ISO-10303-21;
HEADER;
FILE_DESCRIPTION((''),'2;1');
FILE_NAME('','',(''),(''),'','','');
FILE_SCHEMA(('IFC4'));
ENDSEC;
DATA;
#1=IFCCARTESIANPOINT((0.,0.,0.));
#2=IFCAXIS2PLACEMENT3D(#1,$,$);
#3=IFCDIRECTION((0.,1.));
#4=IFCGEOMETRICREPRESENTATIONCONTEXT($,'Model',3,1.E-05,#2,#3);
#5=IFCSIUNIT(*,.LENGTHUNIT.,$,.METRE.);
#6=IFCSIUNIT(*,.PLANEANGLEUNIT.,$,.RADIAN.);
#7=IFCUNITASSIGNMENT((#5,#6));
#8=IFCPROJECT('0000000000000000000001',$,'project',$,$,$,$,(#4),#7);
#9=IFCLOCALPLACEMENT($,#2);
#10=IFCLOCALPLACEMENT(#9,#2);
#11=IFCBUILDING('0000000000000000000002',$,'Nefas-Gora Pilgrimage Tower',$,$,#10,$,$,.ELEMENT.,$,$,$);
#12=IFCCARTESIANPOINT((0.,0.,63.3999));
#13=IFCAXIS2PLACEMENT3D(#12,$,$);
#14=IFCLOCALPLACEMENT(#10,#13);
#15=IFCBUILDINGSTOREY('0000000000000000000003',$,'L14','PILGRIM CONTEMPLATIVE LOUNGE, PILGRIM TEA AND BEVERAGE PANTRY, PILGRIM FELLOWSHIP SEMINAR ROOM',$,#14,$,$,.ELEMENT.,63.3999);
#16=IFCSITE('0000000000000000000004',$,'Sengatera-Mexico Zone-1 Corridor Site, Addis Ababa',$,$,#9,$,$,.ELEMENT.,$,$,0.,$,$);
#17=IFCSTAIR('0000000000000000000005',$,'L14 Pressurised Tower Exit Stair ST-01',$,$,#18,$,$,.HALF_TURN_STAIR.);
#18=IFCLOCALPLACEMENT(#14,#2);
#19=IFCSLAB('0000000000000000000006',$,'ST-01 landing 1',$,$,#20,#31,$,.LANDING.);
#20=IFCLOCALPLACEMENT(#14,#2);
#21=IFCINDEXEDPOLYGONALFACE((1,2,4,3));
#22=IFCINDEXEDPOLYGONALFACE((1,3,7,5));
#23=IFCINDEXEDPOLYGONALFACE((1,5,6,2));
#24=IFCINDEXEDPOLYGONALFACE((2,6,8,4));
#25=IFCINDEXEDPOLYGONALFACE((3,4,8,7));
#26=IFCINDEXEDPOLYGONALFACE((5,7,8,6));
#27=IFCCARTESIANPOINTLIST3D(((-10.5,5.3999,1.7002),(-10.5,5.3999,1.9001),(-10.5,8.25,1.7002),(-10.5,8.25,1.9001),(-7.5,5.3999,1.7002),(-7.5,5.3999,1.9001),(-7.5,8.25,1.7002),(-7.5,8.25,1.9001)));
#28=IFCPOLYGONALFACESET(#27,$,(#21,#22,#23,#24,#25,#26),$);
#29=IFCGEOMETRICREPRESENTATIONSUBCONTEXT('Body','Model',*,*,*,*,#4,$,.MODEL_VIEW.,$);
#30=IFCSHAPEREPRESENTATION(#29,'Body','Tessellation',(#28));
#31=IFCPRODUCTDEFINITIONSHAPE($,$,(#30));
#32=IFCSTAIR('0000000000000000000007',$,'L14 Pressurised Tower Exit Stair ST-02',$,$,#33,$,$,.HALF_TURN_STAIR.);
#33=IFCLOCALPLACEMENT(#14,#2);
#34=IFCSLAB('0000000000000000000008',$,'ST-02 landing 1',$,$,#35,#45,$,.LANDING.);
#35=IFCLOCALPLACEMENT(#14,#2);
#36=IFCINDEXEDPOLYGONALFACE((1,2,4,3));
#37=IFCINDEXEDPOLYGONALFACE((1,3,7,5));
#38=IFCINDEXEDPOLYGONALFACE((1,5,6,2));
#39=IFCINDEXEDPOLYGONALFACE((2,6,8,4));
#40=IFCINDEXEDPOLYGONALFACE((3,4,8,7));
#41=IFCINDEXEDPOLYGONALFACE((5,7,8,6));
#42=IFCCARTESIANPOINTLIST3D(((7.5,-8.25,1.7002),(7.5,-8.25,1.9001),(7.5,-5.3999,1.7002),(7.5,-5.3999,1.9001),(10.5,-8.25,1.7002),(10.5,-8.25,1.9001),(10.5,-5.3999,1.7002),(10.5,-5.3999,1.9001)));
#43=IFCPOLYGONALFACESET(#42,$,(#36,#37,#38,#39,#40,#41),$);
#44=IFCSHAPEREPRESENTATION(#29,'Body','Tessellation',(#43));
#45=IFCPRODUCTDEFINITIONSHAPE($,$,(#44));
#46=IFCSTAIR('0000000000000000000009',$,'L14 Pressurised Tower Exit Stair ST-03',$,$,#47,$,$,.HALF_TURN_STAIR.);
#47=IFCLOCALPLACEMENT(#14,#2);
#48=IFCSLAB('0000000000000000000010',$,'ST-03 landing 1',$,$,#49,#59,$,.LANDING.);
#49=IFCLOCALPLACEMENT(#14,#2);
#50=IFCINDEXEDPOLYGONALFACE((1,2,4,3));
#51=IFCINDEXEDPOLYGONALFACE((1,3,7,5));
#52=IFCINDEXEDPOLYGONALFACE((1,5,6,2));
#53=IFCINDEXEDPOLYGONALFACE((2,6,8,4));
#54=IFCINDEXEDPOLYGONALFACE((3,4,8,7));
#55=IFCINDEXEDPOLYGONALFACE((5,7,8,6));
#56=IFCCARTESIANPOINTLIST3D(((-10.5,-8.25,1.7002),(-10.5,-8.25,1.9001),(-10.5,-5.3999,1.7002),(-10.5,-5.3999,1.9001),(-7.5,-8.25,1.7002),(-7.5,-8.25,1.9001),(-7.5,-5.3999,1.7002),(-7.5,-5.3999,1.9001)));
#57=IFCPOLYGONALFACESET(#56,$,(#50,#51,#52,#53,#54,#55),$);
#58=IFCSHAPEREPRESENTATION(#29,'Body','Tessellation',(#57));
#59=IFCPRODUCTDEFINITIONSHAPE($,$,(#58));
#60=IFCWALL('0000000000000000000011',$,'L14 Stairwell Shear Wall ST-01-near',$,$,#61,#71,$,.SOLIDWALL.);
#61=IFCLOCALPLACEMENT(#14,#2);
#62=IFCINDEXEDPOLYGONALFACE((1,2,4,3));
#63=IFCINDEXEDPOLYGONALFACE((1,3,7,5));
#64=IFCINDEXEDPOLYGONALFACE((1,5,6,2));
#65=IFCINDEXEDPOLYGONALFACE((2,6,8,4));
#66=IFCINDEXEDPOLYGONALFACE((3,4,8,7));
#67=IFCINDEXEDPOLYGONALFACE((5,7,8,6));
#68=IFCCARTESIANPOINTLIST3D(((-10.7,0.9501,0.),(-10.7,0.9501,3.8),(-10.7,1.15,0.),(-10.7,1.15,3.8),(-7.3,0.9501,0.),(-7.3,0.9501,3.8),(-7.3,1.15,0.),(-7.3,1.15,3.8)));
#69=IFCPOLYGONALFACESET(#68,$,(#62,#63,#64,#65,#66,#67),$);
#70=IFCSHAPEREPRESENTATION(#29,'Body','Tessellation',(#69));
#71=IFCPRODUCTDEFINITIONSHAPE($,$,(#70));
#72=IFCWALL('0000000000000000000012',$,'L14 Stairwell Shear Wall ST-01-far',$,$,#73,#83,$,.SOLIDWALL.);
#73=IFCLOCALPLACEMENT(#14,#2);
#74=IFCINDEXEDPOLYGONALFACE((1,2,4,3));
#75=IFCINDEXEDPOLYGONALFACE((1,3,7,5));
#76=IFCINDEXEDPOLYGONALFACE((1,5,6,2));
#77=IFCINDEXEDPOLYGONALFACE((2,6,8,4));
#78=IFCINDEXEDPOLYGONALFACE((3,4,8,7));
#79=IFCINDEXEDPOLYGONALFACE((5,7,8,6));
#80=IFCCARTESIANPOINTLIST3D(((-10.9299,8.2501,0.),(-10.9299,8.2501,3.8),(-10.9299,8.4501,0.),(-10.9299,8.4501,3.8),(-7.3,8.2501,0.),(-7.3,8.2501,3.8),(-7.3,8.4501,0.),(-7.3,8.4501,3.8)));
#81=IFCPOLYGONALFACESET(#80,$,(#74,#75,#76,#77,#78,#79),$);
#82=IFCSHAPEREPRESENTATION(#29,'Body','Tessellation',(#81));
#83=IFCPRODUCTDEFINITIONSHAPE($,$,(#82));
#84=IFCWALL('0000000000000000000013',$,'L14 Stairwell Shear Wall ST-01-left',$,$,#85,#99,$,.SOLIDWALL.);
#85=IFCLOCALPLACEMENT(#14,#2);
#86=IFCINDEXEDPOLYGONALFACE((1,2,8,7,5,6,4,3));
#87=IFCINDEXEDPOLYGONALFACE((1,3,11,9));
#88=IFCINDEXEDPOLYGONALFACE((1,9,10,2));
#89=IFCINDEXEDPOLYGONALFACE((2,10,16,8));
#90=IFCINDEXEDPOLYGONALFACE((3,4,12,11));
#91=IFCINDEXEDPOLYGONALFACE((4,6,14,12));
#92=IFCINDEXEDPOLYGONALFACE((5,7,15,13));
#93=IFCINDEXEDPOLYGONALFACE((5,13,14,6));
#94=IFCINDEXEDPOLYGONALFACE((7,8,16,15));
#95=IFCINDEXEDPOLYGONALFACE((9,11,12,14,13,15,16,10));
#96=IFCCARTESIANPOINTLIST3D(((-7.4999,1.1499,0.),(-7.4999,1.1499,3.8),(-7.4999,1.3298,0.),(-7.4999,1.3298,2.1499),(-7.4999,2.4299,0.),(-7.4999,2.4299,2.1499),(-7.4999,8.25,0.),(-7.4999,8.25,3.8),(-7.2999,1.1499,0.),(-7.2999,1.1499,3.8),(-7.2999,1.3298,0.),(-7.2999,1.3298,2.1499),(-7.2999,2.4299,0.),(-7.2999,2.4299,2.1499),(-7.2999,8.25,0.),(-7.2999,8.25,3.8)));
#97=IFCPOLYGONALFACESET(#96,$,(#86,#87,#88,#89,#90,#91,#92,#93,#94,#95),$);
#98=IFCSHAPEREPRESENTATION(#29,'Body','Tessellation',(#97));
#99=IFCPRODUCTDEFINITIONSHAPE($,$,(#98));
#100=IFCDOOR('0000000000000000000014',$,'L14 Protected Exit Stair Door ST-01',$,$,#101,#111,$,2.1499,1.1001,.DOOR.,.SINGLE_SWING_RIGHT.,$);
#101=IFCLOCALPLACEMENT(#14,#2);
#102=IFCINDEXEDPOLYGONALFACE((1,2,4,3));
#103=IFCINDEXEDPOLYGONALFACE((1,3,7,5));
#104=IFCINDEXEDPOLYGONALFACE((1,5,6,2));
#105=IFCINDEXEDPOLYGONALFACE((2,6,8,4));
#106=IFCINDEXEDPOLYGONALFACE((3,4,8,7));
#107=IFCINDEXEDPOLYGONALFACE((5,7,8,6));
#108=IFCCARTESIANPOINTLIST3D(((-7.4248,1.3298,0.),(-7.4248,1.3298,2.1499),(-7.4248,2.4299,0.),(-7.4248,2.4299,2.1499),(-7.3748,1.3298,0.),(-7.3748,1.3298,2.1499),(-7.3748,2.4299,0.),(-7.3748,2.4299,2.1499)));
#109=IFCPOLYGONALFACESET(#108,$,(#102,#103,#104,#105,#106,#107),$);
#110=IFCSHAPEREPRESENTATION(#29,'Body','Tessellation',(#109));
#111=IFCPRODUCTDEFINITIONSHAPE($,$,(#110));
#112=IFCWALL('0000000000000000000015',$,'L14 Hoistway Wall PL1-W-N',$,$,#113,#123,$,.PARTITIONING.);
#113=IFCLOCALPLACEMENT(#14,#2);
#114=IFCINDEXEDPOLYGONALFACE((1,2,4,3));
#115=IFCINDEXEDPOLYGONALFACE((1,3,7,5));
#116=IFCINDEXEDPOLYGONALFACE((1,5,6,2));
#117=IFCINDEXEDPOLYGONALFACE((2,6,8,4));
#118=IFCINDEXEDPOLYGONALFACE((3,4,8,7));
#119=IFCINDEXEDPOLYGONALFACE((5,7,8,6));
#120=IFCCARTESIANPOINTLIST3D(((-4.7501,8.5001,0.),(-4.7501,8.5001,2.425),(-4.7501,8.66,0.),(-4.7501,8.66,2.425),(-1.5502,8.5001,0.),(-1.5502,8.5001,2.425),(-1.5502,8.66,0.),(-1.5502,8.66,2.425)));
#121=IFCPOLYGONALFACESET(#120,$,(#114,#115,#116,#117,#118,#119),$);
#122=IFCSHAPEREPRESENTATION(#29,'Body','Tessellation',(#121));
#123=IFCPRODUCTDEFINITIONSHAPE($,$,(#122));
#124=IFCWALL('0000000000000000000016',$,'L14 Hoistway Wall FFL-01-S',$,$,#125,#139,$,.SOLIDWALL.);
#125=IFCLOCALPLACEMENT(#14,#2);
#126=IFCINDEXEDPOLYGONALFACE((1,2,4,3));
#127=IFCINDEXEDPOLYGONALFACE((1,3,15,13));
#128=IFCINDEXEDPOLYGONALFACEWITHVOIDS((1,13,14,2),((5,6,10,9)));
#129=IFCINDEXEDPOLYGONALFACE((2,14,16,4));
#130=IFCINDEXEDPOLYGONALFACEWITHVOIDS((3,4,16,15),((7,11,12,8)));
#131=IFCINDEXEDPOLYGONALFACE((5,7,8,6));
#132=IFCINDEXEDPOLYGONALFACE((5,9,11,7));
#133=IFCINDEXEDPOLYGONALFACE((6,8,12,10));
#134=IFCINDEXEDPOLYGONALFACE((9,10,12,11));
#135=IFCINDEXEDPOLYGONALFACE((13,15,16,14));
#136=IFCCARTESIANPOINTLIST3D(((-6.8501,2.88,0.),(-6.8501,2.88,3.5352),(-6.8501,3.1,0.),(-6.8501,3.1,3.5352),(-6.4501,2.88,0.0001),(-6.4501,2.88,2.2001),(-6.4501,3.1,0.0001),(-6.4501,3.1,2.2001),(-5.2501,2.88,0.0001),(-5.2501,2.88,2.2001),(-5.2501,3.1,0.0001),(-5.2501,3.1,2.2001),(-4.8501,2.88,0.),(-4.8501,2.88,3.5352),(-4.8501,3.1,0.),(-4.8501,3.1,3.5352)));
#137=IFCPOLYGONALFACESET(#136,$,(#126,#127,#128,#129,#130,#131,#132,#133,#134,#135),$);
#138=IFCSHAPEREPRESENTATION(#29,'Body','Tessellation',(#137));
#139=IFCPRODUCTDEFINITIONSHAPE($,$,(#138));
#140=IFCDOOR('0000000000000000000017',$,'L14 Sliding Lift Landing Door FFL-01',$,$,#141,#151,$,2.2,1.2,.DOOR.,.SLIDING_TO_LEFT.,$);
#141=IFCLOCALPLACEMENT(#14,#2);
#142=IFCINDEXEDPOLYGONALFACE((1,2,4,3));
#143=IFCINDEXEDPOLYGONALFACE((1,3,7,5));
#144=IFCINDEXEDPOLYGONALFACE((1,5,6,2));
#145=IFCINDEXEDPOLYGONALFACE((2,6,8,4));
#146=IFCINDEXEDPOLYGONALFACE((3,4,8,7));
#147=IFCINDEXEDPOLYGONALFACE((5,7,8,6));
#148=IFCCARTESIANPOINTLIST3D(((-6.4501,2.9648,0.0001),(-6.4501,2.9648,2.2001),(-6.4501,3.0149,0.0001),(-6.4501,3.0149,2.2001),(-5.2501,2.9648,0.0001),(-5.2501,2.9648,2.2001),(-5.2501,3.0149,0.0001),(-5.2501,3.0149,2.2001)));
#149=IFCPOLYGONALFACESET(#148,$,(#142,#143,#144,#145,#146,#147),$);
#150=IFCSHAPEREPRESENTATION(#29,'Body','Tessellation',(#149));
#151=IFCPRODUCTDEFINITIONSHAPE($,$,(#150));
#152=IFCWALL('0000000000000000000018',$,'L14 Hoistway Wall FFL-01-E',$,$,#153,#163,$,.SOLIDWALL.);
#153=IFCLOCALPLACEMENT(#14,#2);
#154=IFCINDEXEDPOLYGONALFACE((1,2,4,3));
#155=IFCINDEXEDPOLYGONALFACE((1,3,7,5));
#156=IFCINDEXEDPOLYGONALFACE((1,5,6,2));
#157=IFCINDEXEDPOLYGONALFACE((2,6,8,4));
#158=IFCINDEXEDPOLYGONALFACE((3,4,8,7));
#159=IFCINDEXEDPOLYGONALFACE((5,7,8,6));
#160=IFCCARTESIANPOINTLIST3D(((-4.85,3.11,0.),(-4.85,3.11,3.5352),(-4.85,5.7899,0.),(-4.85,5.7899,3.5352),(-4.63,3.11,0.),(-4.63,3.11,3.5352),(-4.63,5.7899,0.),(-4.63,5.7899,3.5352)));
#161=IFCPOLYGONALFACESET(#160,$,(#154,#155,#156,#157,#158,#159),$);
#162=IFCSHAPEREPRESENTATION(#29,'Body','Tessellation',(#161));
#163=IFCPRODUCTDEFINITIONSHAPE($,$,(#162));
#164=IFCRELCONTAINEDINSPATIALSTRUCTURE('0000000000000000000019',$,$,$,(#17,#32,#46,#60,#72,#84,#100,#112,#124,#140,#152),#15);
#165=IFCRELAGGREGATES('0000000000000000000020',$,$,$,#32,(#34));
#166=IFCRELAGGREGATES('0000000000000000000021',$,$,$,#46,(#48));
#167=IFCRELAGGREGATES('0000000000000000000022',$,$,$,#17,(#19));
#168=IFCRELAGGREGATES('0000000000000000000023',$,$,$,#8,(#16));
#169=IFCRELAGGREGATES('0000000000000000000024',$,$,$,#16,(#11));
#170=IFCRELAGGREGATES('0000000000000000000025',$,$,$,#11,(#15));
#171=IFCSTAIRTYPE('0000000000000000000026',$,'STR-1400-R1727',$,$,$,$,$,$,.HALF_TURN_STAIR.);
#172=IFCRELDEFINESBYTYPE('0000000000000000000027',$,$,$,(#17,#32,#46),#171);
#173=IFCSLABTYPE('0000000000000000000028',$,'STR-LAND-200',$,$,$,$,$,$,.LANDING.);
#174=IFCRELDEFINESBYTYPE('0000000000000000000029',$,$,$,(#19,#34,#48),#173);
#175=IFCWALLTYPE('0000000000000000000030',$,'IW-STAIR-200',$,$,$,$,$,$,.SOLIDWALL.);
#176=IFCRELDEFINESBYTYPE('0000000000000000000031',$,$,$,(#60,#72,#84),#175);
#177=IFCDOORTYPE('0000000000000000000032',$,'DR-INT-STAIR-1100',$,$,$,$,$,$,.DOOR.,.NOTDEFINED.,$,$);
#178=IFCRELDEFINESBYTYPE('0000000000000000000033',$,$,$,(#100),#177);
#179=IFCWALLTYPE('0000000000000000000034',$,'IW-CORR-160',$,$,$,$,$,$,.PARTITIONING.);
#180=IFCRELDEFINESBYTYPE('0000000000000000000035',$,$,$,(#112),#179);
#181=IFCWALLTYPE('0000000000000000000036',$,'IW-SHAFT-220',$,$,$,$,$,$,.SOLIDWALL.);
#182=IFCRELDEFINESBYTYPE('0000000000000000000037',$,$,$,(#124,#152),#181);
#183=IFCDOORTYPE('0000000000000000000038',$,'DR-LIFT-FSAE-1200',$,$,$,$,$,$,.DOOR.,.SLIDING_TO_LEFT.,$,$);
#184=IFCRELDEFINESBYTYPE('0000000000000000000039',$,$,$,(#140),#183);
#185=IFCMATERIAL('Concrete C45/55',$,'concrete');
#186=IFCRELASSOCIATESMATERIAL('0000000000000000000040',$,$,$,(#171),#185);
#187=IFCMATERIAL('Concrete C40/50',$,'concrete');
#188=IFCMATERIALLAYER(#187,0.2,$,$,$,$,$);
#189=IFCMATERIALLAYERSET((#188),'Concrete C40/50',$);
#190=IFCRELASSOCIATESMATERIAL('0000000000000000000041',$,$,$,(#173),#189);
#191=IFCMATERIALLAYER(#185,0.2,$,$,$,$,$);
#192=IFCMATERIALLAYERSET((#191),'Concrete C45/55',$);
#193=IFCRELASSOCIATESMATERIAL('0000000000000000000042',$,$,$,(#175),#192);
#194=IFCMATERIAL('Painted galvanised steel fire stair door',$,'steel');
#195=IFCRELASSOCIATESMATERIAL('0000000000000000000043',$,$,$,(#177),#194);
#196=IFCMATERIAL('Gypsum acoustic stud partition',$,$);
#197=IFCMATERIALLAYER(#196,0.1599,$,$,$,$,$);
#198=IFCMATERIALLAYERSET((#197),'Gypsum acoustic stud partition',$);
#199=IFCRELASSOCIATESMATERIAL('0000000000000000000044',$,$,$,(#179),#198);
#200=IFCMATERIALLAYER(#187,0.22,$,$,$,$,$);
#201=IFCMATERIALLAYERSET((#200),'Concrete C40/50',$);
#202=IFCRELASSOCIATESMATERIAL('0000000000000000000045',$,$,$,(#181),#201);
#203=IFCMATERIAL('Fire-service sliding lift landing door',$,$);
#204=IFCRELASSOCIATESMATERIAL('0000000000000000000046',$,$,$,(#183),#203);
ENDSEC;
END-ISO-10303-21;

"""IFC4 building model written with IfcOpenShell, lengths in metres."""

from ifc_helpers import new_model, si_unit, direction, frame, frame_2d, origin, place, context, subcontext, project, spatial, polyline, rectangle, outline, extrude, source, transform, mapped, material, layer, layer_set, type_object, element, fill, aggregate, save


model = new_model("IFC4")

# Units and contexts
model_context = context("Model", 3, precision=1e-05, world=origin(), true_north=direction((0.0, 1.0)))
body_context = subcontext(model_context, "Body", "Model", "MODEL_VIEW")
ifc_project = project(units=[si_unit("LENGTHUNIT", "METRE"), si_unit("PLANEANGLEUNIT", "RADIAN")], contexts=[model_context])

# Site, building, storey
site_placement = place(None, origin())
site = spatial("IfcSite", under=ifc_project, at=site_placement, Name="Sengatera-Mexico Zone-1 Corridor Site, Addis Ababa", CompositionType="ELEMENT", RefElevation=0.0)
building_placement = place(site_placement, origin())
building = spatial("IfcBuilding", under=site, at=building_placement, Name="Nefas-Gora Pilgrimage Tower", CompositionType="ELEMENT")
storey_placement = place(building_placement, frame((0.0, 0.0, 63.3999)))
storey = spatial("IfcBuildingStorey", under=building, at=storey_placement, Name="L14", Description="PILGRIM CONTEMPLATIVE LOUNGE, PILGRIM TEA AND BEVERAGE PANTRY, PILGRIM FELLOWSHIP SEMINAR ROOM", CompositionType="ELEMENT", Elevation=63.3999)

# Shared definitions
ifc_material_1 = material(Name="Concrete C40/50", Category="concrete")

# Stairs, slabs
ifc_material_2 = material(Name="Concrete C45/55", Category="concrete")
stair_type = type_object("IfcStairType", Name="STR-1400-R1727", PredefinedType="HALF_TURN_STAIR", material=ifc_material_2)
stair_1_placement = place(storey_placement, origin())
stair_1 = element("IfcStair", 1, at=stair_1_placement, inside=storey, type_object=stair_type, Name="L14 Pressurised Tower Exit Stair ST-01", PredefinedType="HALF_TURN_STAIR")
ifc_layer_1 = layer(ifc_material_1, 0.2)
ifc_layer_set_1 = layer_set([ifc_layer_1], Name="Concrete C40/50")
slab_type_1 = type_object("IfcSlabType", Name="STR-LAND-200", PredefinedType="LANDING", material=ifc_layer_set_1)
slab_1_placement = place(storey_placement, frame((0.0, 0.0, 1.7002)))
slab_1 = element("IfcSlab", 2, at=slab_1_placement, type_object=slab_type_1, Name="ST-01 landing 1", PredefinedType="LANDING", context=body_context, shape_type="SweptSolid", body=[
    extrude(outline(polyline([(-7.5, 5.3999), (-7.5, 8.25), (-10.5, 8.25), (-10.5, 5.3999), (-7.5, 5.3999)])), origin(), (0.0, 0.0, 1.0), 0.2),
])
stair_2_placement = place(storey_placement, origin())
stair_2 = element("IfcStair", 3, at=stair_2_placement, inside=storey, type_object=stair_type, Name="L14 Pressurised Tower Exit Stair ST-02", PredefinedType="HALF_TURN_STAIR")
slab_2_placement = place(storey_placement, frame((0.0, 0.0, 1.7002)))
slab_2 = element("IfcSlab", 4, at=slab_2_placement, type_object=slab_type_1, Name="ST-02 landing 1", PredefinedType="LANDING", context=body_context, shape_type="SweptSolid", body=[
    extrude(outline(polyline([(7.5, -5.3999), (7.5, -8.25), (10.5, -8.25), (10.5, -5.3999), (7.5, -5.3999)])), origin(), (0.0, 0.0, 1.0), 0.2),
])
aggregate(stair_2, [slab_2])
stair_3_placement = place(storey_placement, origin())
stair_3 = element("IfcStair", 5, at=stair_3_placement, inside=storey, type_object=stair_type, Name="L14 Pressurised Tower Exit Stair ST-03", PredefinedType="HALF_TURN_STAIR")
slab_3_placement = place(storey_placement, frame((0.0, 0.0, 1.7002)))
slab_3 = element("IfcSlab", 6, at=slab_3_placement, type_object=slab_type_1, Name="ST-03 landing 1", PredefinedType="LANDING", context=body_context, shape_type="SweptSolid", body=[
    extrude(outline(polyline([(-10.5, -5.3999), (-10.5, -8.25), (-7.5, -8.25), (-7.5, -5.3999), (-10.5, -5.3999)])), origin(), (0.0, 0.0, 1.0), 0.2),
])
aggregate(stair_3, [slab_3])

# Walls
ifc_layer_2 = layer(ifc_material_2, 0.2)
ifc_layer_set_2 = layer_set([ifc_layer_2], Name="Concrete C45/55")
wall_type_1 = type_object("IfcWallType", Name="IW-STAIR-200", PredefinedType="SOLIDWALL", material=ifc_layer_set_2)
shared_shape_1 = source(origin(), body_context, "Body", "SweptSolid", [
    extrude(rectangle(XDim=3.3999, YDim=0.2, at=frame_2d((1.7, 0.0))), origin(), (0.0, 0.0, 1.0), 3.8),
])
wall_1_placement = place(storey_placement, frame((-7.3, 1.05, 0.0), z_axis=(0.0, 0.0, 1.0), x_axis=(-1.0, 0.0, 0.0)))
element("IfcWall", 7, at=wall_1_placement, inside=storey, type_object=wall_type_1, Name="L14 Stairwell Shear Wall ST-01-near", PredefinedType="SOLIDWALL", context=body_context, shape_type="MappedRepresentation", body=[
    mapped(shared_shape_1, transform((0.0, 0.0, 0.0), x_axis=(1.0, 0.0, 0.0), y_axis=(0.0, 1.0, 0.0), z_axis=(0.0, 0.0, 1.0), scale=1.0)),
])
shared_shape_2 = source(origin(), body_context, "Body", "SweptSolid", [
    extrude(rectangle(XDim=3.6299, YDim=0.2, at=frame_2d((1.8149, 0.0))), origin(), (0.0, 0.0, 1.0), 3.8),
])
wall_2_placement = place(storey_placement, frame((-7.3, 8.3501, 0.0), z_axis=(0.0, 0.0, 1.0), x_axis=(-1.0, 0.0, 0.0)))
element("IfcWall", 8, at=wall_2_placement, inside=storey, type_object=wall_type_1, Name="L14 Stairwell Shear Wall ST-01-far", PredefinedType="SOLIDWALL", context=body_context, shape_type="MappedRepresentation", body=[
    mapped(shared_shape_2, transform((0.0, 0.0, 0.0), x_axis=(1.0, 0.0, 0.0), y_axis=(0.0, 1.0, 0.0), z_axis=(0.0, 0.0, 1.0), scale=1.0)),
])

# Wall, opening, door
shared_shape_3 = source(origin(), body_context, "Body", "SweptSolid", [
    extrude(rectangle(XDim=7.1001, YDim=0.2, at=frame_2d((3.55, 0.0))), origin(), (0.0, 0.0, 1.0), 3.8),
])
wall_3_placement = place(storey_placement, frame((-7.3999, 1.1499, 0.0), z_axis=(0.0, 0.0, 1.0), x_axis=(0.0, 1.0, 0.0)))
wall_3 = element("IfcWall", 9, at=wall_3_placement, inside=storey, type_object=wall_type_1, Name="L14 Stairwell Shear Wall ST-01-left", PredefinedType="SOLIDWALL", context=body_context, shape_type="MappedRepresentation", body=[
    mapped(shared_shape_3, transform((0.0, 0.0, 0.0), x_axis=(1.0, 0.0, 0.0), y_axis=(0.0, 1.0, 0.0), z_axis=(0.0, 0.0, 1.0), scale=1.0)),
])
opening_1_placement = place(wall_3_placement, frame((0.1799, 0.0, 0.0)))
opening_1 = element("IfcOpeningElement", 10, at=opening_1_placement, cuts=wall_3, PredefinedType="OPENING", context=body_context, shape_type="SweptSolid", body=[
    extrude(rectangle(XDim=1.1001, YDim=2.1499, at=frame_2d((0.55, 1.075))), frame((0.0, 0.1099, 0.0), z_axis=(0.0, -1.0, 0.0), x_axis=(1.0, 0.0, 0.0)), (0.0, 0.0, 1.0), 0.22),
])
ifc_material_3 = material(Name="Painted galvanised steel fire stair door", Category="steel")
door_type_1 = type_object("IfcDoorType", Name="DR-INT-STAIR-1100", OperationType="NOTDEFINED", PredefinedType="DOOR", material=ifc_material_3)
shared_shape_4 = source(origin(), body_context, "Body", "SweptSolid", [
    extrude(rectangle(XDim=1.1001, YDim=2.1499, at=frame_2d((0.55, 1.075))), frame((0.0, 0.0249, 0.0), z_axis=(0.0, -1.0, 0.0), x_axis=(1.0, 0.0, 0.0)), (0.0, 0.0, 1.0), 0.05),
])
door_1_placement = place(opening_1_placement, origin())
door_1 = element("IfcDoor", 11, at=door_1_placement, inside=storey, type_object=door_type_1, Name="L14 Protected Exit Stair Door ST-01", OperationType="SINGLE_SWING_RIGHT", OverallHeight=2.1499, OverallWidth=1.1001, PredefinedType="DOOR", context=body_context, shape_type="MappedRepresentation", body=[
    mapped(shared_shape_4, transform((0.0, 0.0, 0.0), x_axis=(1.0, 0.0, 0.0), y_axis=(0.0, 1.0, 0.0), z_axis=(0.0, 0.0, 1.0), scale=1.0)),
])
fill(opening_1, door_1)

# Wall
ifc_material_4 = material(Name="Gypsum acoustic stud partition")
ifc_layer_3 = layer(ifc_material_4, 0.1599)
ifc_layer_set_3 = layer_set([ifc_layer_3], Name="Gypsum acoustic stud partition")
wall_type_2 = type_object("IfcWallType", Name="IW-CORR-160", PredefinedType="PARTITIONING", material=ifc_layer_set_3)
shared_shape_5 = source(origin(), body_context, "Body", "SweptSolid", [
    extrude(rectangle(XDim=3.2, YDim=0.1599, at=frame_2d((1.6001, 0.0))), origin(), (0.0, 0.0, 1.0), 2.425),
])
wall_4_placement = place(storey_placement, frame((-1.55, 8.5801, 0.0), z_axis=(0.0, 0.0, 1.0), x_axis=(-1.0, 0.0, 0.0)))
element("IfcWall", 12, at=wall_4_placement, inside=storey, type_object=wall_type_2, Name="L14 Hoistway Wall PL1-W-N", PredefinedType="PARTITIONING", context=body_context, shape_type="MappedRepresentation", body=[
    mapped(shared_shape_5, transform((0.0, 0.0, 0.0), x_axis=(1.0, 0.0, 0.0), y_axis=(0.0, 1.0, 0.0), z_axis=(0.0, 0.0, 1.0), scale=1.0)),
])

# Wall, opening, door
ifc_layer_4 = layer(ifc_material_1, 0.22)
ifc_layer_set_4 = layer_set([ifc_layer_4], Name="Concrete C40/50")
wall_type_3 = type_object("IfcWallType", Name="IW-SHAFT-220", PredefinedType="SOLIDWALL", material=ifc_layer_set_4)
shared_shape_6 = source(origin(), body_context, "Body", "SweptSolid", [
    extrude(rectangle(XDim=2.0, YDim=0.22, at=frame_2d((1.0, 0.0))), origin(), (0.0, 0.0, 1.0), 3.5352),
])
wall_5_placement = place(storey_placement, frame((-6.8501, 2.99, 0.0), z_axis=(0.0, 0.0, 1.0), x_axis=(1.0, 0.0, 0.0)))
wall_5 = element("IfcWall", 13, at=wall_5_placement, inside=storey, type_object=wall_type_3, Name="L14 Hoistway Wall FFL-01-S", PredefinedType="SOLIDWALL", context=body_context, shape_type="MappedRepresentation", body=[
    mapped(shared_shape_6, transform((0.0, 0.0, 0.0), x_axis=(1.0, 0.0, 0.0), y_axis=(0.0, 1.0, 0.0), z_axis=(0.0, 0.0, 1.0), scale=1.0)),
])
opening_2_placement = place(wall_5_placement, frame((0.3999, 0.0, 0.0)))
opening_2 = element("IfcOpeningElement", 14, at=opening_2_placement, cuts=wall_5, PredefinedType="OPENING", context=body_context, shape_type="SweptSolid", body=[
    extrude(rectangle(XDim=1.2, YDim=2.2, at=frame_2d((0.6001, 1.1001))), frame((0.0, 0.1199, 0.0), z_axis=(0.0, -1.0, 0.0), x_axis=(1.0, 0.0, 0.0)), (0.0, 0.0, 1.0), 0.24),
])
ifc_material_5 = material(Name="Fire-service sliding lift landing door")
door_type_2 = type_object("IfcDoorType", Name="DR-LIFT-FSAE-1200", OperationType="SLIDING_TO_LEFT", PredefinedType="DOOR", material=ifc_material_5)
shared_shape_7 = source(origin(), body_context, "Body", "SweptSolid", [
    extrude(rectangle(XDim=1.2, YDim=2.2, at=frame_2d((0.6001, 1.1001))), frame((0.0, 0.0249, 0.0), z_axis=(0.0, -1.0, 0.0), x_axis=(1.0, 0.0, 0.0)), (0.0, 0.0, 1.0), 0.05),
])
door_2_placement = place(opening_2_placement, origin())
door_2 = element("IfcDoor", 15, at=door_2_placement, inside=storey, type_object=door_type_2, Name="L14 Sliding Lift Landing Door FFL-01", OperationType="SLIDING_TO_LEFT", OverallHeight=2.2, OverallWidth=1.2, PredefinedType="DOOR", context=body_context, shape_type="MappedRepresentation", body=[
    mapped(shared_shape_7, transform((0.0, 0.0, 0.0), x_axis=(1.0, 0.0, 0.0), y_axis=(0.0, 1.0, 0.0), z_axis=(0.0, 0.0, 1.0), scale=1.0)),
])
fill(opening_2, door_2)

# Wall
shared_shape_8 = source(origin(), body_context, "Body", "SweptSolid", [
    extrude(rectangle(XDim=2.6799, YDim=0.22, at=frame_2d((1.3398, 0.0))), origin(), (0.0, 0.0, 1.0), 3.5352),
])
wall_6_placement = place(storey_placement, frame((-4.74, 3.1101, 0.0), z_axis=(0.0, 0.0, 1.0), x_axis=(0.0, 1.0, 0.0)))
element("IfcWall", 16, at=wall_6_placement, inside=storey, type_object=wall_type_3, Name="L14 Hoistway Wall FFL-01-E", PredefinedType="SOLIDWALL", context=body_context, shape_type="MappedRepresentation", body=[
    mapped(shared_shape_8, transform((0.0, 0.0, 0.0), x_axis=(1.0, 0.0, 0.0), y_axis=(0.0, 1.0, 0.0), z_axis=(0.0, 0.0, 1.0), scale=1.0)),
])

aggregate(stair_1, [slab_1])

save(model, "model.ifc")
